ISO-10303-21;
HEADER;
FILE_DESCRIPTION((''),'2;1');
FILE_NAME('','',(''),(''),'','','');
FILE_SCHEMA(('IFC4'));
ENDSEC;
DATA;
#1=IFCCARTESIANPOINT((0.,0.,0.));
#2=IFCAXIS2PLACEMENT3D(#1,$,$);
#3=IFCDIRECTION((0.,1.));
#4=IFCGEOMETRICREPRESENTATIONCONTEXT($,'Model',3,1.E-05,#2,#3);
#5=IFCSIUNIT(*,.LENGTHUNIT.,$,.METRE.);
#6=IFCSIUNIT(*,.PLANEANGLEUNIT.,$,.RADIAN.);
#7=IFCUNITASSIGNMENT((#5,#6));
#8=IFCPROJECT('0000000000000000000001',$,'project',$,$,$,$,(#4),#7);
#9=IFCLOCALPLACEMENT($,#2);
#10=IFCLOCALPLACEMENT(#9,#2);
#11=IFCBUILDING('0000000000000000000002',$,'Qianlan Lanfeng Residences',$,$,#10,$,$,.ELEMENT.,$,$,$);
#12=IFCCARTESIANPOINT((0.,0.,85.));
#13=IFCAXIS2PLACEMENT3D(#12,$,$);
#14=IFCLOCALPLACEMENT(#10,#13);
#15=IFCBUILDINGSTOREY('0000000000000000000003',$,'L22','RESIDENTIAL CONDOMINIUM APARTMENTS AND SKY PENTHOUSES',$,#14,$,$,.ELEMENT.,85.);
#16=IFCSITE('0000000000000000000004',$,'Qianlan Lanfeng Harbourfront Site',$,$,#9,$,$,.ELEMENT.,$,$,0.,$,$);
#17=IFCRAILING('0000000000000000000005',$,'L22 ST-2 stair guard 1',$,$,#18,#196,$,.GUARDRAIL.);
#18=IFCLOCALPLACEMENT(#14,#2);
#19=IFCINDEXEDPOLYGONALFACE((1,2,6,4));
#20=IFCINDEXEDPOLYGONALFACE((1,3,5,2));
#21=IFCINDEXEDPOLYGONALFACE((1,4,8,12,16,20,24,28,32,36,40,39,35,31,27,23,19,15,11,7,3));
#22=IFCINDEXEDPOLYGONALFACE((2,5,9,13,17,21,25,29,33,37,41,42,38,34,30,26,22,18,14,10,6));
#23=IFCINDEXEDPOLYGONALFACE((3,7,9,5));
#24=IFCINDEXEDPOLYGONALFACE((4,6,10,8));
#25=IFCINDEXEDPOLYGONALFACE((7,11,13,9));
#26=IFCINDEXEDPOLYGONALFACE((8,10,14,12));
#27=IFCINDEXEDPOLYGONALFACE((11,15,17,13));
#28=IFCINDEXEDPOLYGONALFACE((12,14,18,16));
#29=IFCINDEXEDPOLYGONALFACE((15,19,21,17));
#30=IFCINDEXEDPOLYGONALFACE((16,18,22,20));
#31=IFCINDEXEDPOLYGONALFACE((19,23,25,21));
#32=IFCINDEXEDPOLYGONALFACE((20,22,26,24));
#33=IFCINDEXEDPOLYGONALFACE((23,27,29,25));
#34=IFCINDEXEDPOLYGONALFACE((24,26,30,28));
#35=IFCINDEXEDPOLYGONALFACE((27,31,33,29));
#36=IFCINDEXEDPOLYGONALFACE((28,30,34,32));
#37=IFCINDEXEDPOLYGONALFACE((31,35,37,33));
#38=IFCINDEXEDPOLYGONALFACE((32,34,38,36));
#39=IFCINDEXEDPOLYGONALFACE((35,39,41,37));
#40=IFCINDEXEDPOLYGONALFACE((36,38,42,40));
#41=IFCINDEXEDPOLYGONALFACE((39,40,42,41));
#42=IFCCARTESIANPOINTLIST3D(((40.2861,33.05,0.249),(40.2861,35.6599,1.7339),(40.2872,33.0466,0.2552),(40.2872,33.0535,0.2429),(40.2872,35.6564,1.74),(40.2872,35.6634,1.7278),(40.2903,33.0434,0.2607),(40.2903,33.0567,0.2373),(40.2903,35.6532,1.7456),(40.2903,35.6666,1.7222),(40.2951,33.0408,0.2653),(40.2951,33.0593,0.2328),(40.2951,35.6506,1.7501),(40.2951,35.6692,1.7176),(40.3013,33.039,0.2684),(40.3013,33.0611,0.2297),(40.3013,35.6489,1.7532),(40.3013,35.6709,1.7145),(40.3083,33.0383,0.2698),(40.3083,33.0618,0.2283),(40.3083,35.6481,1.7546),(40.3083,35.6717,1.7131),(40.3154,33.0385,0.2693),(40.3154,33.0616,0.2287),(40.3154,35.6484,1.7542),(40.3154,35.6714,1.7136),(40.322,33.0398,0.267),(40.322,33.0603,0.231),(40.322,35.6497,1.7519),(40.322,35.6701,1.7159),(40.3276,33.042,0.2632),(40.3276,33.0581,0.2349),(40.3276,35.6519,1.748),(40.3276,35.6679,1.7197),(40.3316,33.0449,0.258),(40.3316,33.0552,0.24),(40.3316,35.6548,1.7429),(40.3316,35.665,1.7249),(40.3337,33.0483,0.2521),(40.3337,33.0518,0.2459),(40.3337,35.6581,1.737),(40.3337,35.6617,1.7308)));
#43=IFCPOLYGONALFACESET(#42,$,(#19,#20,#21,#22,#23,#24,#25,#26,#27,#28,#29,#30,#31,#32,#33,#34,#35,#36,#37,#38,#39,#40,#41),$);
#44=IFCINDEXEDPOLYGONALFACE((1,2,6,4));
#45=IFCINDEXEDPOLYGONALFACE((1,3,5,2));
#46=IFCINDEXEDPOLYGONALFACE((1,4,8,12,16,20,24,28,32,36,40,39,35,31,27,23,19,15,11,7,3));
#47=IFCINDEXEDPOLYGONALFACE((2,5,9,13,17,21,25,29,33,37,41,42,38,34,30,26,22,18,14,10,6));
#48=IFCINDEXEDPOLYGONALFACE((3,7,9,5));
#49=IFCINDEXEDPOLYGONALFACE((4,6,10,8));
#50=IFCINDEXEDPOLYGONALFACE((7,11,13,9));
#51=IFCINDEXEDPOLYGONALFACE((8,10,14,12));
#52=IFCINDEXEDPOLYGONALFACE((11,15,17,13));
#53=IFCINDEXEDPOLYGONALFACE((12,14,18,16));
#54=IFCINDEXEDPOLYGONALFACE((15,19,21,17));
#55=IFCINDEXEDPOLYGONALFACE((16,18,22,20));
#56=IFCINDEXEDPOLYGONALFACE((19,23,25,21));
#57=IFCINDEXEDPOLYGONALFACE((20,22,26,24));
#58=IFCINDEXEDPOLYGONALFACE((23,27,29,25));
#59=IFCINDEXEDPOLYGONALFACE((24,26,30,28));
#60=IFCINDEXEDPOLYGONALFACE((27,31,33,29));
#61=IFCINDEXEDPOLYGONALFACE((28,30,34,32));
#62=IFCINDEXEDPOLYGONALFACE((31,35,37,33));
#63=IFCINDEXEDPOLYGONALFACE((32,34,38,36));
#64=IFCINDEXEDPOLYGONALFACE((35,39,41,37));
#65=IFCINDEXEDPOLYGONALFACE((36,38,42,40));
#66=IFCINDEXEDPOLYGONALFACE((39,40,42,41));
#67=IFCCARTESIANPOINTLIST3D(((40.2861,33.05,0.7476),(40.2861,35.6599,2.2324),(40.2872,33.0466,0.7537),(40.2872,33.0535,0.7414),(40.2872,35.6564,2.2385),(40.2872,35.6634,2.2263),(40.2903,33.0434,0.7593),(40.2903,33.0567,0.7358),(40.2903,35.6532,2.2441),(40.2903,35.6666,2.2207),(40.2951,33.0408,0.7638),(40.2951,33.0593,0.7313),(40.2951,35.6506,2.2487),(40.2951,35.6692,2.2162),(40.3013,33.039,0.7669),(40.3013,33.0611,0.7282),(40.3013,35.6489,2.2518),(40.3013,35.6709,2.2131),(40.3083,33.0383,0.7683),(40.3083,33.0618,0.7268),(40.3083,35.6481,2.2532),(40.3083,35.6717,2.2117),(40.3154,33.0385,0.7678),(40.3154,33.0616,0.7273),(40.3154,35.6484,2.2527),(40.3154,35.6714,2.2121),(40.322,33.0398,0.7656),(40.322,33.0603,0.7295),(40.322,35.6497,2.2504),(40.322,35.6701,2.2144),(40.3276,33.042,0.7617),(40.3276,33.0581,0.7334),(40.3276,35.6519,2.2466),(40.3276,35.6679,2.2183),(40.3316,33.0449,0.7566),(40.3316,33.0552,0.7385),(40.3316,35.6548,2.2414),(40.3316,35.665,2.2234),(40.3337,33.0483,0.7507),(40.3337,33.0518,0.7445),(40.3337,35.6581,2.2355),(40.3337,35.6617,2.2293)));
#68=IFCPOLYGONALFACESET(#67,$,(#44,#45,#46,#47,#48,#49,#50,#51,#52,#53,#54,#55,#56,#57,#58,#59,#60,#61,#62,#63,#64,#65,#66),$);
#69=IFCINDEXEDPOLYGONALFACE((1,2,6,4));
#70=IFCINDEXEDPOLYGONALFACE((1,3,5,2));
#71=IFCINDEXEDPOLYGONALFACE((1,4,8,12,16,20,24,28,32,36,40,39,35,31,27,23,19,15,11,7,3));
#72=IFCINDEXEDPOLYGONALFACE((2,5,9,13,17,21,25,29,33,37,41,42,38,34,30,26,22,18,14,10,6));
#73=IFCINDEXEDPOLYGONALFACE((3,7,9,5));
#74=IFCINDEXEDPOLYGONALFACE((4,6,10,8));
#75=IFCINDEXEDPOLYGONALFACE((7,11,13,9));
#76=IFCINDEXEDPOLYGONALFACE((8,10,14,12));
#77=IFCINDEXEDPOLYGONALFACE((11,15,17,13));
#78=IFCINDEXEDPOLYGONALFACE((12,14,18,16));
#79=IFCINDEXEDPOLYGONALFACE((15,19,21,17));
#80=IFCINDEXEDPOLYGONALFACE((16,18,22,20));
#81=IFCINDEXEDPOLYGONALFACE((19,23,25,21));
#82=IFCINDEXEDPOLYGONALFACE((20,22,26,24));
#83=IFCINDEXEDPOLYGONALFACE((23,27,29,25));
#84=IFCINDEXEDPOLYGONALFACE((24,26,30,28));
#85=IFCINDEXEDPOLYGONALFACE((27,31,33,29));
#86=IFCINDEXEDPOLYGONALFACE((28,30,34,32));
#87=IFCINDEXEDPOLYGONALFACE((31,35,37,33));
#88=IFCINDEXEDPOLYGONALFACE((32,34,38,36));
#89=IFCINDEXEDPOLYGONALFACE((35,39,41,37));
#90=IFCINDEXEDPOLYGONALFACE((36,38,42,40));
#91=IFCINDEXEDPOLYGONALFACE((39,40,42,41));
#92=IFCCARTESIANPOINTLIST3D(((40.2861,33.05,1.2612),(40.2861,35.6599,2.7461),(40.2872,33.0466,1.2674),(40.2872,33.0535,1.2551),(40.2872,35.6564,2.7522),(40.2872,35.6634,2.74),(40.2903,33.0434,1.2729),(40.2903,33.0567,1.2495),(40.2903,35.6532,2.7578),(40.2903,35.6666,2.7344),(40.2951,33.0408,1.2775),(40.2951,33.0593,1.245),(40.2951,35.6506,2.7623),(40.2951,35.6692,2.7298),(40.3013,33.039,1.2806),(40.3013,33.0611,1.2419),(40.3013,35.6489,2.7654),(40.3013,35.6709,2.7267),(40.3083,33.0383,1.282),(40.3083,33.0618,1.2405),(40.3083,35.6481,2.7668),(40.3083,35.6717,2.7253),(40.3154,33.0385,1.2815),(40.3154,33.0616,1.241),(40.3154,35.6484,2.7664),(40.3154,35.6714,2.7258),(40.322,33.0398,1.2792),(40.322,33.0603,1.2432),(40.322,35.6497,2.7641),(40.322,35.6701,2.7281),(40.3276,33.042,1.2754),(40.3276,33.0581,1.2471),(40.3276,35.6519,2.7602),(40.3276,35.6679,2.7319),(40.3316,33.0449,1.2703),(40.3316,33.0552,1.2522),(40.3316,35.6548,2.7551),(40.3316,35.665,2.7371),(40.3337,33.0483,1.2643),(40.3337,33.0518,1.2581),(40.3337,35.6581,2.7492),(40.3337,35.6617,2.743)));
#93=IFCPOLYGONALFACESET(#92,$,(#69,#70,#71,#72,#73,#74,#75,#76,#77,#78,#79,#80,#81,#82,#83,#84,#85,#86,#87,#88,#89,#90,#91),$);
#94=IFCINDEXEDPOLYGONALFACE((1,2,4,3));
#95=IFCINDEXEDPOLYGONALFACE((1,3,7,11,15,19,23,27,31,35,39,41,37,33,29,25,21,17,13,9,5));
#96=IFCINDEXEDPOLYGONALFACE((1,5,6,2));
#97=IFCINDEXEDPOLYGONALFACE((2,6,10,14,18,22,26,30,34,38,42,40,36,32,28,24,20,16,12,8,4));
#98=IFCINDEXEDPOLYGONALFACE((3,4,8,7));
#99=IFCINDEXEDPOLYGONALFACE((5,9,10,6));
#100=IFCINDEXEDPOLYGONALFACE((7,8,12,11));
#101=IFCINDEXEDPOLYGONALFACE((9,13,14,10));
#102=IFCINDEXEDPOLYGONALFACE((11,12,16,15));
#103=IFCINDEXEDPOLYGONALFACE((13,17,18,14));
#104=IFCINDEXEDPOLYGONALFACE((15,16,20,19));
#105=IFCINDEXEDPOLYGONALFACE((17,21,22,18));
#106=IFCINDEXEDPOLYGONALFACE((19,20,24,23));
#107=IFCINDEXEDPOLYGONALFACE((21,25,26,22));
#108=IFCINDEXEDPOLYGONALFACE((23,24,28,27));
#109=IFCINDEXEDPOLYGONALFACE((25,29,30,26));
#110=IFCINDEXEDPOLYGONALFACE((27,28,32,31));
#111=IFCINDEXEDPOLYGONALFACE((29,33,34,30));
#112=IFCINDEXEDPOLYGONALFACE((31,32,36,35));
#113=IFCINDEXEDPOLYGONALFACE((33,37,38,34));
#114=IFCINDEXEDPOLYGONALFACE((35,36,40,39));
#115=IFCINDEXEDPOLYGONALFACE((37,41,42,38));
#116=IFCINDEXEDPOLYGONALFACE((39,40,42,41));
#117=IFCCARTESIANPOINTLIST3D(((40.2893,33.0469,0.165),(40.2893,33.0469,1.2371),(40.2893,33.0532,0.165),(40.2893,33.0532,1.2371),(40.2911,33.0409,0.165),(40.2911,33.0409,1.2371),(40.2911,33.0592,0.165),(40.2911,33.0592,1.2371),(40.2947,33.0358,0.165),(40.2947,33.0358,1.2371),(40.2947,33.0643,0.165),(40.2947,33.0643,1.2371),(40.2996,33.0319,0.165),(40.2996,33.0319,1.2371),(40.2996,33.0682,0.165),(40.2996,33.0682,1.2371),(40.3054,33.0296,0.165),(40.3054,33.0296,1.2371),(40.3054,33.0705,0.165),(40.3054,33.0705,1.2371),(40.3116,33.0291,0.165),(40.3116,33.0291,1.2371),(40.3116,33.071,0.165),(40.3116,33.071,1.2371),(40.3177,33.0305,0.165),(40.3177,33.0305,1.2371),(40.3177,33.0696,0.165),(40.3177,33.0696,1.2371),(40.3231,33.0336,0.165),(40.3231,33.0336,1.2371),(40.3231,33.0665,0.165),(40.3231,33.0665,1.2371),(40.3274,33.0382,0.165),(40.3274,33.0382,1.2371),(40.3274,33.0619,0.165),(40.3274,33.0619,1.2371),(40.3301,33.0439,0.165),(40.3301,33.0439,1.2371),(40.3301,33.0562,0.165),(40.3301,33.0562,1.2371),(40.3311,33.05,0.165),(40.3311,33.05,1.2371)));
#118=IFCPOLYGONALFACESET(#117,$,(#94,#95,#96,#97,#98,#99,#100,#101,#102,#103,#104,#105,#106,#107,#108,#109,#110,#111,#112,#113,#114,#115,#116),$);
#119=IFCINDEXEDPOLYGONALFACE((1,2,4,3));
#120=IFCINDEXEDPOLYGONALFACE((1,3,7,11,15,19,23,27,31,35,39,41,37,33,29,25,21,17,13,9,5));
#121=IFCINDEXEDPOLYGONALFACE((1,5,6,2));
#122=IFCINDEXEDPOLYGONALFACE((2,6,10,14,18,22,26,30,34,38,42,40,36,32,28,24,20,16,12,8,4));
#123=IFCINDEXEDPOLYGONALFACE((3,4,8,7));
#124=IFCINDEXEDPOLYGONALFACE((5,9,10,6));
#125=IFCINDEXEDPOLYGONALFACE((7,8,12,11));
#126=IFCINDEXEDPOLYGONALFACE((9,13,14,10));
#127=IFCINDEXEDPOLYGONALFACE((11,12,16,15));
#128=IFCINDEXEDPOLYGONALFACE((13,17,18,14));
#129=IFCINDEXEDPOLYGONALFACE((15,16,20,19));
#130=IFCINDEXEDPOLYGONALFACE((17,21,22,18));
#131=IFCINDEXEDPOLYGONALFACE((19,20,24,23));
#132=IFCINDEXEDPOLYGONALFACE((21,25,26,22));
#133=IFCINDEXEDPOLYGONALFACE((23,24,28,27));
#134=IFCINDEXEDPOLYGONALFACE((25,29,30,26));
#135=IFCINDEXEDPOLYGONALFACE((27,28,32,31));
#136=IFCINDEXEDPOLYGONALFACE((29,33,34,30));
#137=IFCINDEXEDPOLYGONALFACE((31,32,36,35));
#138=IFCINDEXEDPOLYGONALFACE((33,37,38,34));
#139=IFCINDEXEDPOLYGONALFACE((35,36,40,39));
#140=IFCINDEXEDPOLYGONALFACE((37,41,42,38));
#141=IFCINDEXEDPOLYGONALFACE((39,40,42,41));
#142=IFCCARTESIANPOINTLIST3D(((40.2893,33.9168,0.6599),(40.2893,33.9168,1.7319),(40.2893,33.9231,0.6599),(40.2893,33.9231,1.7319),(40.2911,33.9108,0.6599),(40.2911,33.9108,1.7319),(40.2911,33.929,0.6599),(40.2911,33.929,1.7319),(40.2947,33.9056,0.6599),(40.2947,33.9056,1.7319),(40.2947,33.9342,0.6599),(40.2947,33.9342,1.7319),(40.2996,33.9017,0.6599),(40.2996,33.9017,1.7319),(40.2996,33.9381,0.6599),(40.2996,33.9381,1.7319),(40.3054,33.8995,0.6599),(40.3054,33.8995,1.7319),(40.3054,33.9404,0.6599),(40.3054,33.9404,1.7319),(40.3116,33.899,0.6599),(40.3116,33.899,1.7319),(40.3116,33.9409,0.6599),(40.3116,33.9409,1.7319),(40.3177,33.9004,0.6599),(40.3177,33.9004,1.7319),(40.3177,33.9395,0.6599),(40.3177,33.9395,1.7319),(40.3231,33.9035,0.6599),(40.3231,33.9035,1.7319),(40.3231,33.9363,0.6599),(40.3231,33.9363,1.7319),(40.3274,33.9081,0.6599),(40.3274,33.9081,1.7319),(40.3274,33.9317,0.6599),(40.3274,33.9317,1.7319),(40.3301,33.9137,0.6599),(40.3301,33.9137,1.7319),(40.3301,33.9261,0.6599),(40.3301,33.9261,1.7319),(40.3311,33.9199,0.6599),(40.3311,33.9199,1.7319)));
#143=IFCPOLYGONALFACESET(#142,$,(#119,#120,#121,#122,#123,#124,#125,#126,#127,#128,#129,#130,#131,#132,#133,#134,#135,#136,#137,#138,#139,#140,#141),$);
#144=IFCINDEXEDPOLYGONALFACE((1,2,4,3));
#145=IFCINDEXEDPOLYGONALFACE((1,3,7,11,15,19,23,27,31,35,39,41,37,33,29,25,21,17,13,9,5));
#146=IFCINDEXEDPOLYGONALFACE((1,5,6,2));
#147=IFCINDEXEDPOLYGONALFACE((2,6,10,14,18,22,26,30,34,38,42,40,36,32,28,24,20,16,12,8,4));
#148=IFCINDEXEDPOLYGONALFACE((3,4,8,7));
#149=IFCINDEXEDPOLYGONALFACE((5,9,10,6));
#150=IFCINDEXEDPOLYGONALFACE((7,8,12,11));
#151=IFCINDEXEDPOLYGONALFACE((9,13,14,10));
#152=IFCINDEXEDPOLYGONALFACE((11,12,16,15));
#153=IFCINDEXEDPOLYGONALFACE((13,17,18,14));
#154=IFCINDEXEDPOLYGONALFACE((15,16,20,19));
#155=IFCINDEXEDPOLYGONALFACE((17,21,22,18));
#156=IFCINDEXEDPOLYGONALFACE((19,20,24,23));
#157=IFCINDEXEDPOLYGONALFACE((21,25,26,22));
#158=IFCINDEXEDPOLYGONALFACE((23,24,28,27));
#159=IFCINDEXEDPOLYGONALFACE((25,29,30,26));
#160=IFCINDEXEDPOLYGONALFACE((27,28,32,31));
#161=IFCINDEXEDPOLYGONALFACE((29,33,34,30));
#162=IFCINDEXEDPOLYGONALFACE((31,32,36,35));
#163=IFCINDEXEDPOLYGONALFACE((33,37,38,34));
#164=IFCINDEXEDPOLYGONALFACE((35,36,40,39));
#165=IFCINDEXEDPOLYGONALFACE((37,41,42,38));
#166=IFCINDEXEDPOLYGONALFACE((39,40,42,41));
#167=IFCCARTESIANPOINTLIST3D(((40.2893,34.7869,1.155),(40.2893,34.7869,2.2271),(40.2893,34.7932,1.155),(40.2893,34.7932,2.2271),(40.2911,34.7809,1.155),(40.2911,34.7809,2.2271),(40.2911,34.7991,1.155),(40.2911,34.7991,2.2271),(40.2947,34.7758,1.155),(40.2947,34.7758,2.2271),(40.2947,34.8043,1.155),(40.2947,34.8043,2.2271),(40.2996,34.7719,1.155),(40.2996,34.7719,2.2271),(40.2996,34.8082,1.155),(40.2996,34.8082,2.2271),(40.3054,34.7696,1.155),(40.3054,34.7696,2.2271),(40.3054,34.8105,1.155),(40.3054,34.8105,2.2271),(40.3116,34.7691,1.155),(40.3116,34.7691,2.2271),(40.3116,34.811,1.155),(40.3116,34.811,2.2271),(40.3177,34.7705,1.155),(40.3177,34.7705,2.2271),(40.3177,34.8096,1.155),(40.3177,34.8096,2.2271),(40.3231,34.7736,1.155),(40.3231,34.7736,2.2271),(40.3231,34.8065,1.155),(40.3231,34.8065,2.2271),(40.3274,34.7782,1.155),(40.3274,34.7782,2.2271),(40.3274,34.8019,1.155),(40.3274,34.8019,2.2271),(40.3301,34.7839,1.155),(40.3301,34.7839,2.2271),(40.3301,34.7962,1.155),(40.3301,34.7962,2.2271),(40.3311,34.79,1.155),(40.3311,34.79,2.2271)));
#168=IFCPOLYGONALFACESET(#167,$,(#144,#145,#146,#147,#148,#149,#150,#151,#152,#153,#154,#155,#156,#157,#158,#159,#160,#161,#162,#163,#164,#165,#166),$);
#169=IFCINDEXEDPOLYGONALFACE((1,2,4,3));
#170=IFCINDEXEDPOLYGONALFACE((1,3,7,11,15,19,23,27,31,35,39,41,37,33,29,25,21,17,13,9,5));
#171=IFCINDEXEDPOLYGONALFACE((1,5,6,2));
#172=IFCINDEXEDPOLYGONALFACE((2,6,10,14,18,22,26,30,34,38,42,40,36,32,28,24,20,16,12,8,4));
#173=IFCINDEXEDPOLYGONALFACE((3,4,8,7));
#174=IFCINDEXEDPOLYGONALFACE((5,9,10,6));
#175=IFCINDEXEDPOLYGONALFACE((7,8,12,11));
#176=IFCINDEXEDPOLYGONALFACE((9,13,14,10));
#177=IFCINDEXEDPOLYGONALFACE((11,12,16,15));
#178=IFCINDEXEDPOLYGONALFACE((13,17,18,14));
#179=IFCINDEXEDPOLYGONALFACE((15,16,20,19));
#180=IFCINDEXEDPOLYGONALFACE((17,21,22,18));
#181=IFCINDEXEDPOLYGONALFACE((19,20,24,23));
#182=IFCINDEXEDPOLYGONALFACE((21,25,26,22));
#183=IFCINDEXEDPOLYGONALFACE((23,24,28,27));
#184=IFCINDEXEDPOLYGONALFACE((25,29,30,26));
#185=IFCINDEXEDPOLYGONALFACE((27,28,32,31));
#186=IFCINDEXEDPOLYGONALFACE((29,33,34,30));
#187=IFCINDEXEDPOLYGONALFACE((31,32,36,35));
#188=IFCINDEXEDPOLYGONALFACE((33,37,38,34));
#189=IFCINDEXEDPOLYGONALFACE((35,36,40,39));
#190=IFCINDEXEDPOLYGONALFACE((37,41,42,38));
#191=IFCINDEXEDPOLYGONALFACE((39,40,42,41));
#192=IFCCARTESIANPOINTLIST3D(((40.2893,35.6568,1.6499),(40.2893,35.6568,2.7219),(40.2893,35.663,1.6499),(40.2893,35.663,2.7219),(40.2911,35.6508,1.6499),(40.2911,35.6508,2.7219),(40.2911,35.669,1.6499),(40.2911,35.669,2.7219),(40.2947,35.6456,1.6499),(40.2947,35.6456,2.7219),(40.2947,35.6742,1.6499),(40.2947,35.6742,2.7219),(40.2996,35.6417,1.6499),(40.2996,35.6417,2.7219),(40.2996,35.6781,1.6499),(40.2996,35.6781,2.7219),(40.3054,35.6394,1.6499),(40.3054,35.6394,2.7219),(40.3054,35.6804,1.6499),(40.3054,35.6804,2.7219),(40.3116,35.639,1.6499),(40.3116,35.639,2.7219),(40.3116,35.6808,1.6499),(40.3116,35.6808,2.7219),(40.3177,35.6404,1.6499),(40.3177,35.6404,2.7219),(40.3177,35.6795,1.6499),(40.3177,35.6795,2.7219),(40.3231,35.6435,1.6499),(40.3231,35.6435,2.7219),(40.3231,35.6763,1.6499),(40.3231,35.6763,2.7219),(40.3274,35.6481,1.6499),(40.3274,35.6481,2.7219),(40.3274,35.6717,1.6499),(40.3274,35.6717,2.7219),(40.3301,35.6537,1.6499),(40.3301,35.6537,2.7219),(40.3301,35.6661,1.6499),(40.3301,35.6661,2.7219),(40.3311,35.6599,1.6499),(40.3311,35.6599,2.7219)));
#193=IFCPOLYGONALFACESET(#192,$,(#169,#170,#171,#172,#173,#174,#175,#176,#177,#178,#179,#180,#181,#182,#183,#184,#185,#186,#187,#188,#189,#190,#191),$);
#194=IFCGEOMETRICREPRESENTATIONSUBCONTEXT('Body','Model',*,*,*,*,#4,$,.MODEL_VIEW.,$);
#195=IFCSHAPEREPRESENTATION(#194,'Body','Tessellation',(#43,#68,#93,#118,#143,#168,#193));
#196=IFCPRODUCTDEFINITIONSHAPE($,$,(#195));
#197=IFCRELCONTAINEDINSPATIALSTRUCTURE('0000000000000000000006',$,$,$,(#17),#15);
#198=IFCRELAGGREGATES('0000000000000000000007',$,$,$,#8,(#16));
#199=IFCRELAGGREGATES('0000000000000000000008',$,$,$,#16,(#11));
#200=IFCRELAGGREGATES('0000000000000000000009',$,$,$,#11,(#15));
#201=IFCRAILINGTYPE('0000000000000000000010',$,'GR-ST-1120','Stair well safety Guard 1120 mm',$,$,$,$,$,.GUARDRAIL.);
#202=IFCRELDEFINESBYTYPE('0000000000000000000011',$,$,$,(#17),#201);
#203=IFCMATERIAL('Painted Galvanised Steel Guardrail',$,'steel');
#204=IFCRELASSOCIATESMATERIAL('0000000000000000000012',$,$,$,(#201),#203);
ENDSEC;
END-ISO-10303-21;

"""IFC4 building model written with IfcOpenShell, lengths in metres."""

from ifc_helpers import new_model, si_unit, direction, frame, origin, origin_2d, place, context, subcontext, project, spatial, circle, extrude, material, type_object, element, save


model = new_model("IFC4")

# Units and contexts
model_context = context("Model", 3, precision=1e-05, world=origin(), true_north=direction((0.0, 1.0)))
body_context = subcontext(model_context, "Body", "Model", "MODEL_VIEW")
ifc_project = project(units=[si_unit("LENGTHUNIT", "METRE"), si_unit("PLANEANGLEUNIT", "RADIAN")], contexts=[model_context])

# Site, building, storey
site_placement = place(None, origin())
site = spatial("IfcSite", under=ifc_project, at=site_placement, Name="Qianlan Lanfeng Harbourfront Site", CompositionType="ELEMENT", RefElevation=0.0)
building_placement = place(site_placement, origin())
building = spatial("IfcBuilding", under=site, at=building_placement, Name="Qianlan Lanfeng Residences", CompositionType="ELEMENT")
storey_placement = place(building_placement, frame((0.0, 0.0, 85.0)))
storey = spatial("IfcBuildingStorey", under=building, at=storey_placement, Name="L22", Description="RESIDENTIAL CONDOMINIUM APARTMENTS AND SKY PENTHOUSES", CompositionType="ELEMENT", Elevation=85.0)

# Railing
ifc_material_1 = material(Name="Painted Galvanised Steel Guardrail", Category="steel")
railing_type_1 = type_object("IfcRailingType", Name="GR-ST-1120", Description="Stair well safety Guard 1120 mm", PredefinedType="GUARDRAIL", material=ifc_material_1)
railing_1_placement = place(storey_placement, frame((40.3101, 33.05, 0.165)))
element("IfcRailing", 1, at=railing_1_placement, inside=storey, type_object=railing_type_1, Name="L22 ST-2 stair guard 1", PredefinedType="GUARDRAIL", context=body_context, shape_type="SweptSolid", body=[
    extrude(circle(Radius=0.0239, at=origin_2d()), frame((0.0, 0.0, 0.084), z_axis=(0.0, 0.869172, 0.494509), x_axis=(-1.0, 0.0, 0.0)), (0.0, 0.0, 1.0), 3.0027),
    extrude(circle(Radius=0.0239, at=origin_2d()), frame((0.0, 0.0, 0.5825), z_axis=(0.0, 0.869172, 0.494509), x_axis=(-1.0, 0.0, 0.0)), (0.0, 0.0, 1.0), 3.0027),
    extrude(circle(Radius=0.0239, at=origin_2d()), frame((0.0, 0.0, 1.0962), z_axis=(0.0, 0.869172, 0.494509), x_axis=(-1.0, 0.0, 0.0)), (0.0, 0.0, 1.0), 3.0027),
    extrude(circle(Radius=0.021, at=origin_2d()), origin(), (0.0, 0.0, 1.0), 1.072),
    extrude(circle(Radius=0.021, at=origin_2d()), frame((0.0, 0.8699, 0.4949)), (0.0, 0.0, 1.0), 1.072),
    extrude(circle(Radius=0.021, at=origin_2d()), frame((0.0, 1.74, 0.99)), (0.0, 0.0, 1.0), 1.072),
    extrude(circle(Radius=0.021, at=origin_2d()), frame((0.0, 2.6099, 1.4849)), (0.0, 0.0, 1.0), 1.072),
])

save(model, "model.ifc")
